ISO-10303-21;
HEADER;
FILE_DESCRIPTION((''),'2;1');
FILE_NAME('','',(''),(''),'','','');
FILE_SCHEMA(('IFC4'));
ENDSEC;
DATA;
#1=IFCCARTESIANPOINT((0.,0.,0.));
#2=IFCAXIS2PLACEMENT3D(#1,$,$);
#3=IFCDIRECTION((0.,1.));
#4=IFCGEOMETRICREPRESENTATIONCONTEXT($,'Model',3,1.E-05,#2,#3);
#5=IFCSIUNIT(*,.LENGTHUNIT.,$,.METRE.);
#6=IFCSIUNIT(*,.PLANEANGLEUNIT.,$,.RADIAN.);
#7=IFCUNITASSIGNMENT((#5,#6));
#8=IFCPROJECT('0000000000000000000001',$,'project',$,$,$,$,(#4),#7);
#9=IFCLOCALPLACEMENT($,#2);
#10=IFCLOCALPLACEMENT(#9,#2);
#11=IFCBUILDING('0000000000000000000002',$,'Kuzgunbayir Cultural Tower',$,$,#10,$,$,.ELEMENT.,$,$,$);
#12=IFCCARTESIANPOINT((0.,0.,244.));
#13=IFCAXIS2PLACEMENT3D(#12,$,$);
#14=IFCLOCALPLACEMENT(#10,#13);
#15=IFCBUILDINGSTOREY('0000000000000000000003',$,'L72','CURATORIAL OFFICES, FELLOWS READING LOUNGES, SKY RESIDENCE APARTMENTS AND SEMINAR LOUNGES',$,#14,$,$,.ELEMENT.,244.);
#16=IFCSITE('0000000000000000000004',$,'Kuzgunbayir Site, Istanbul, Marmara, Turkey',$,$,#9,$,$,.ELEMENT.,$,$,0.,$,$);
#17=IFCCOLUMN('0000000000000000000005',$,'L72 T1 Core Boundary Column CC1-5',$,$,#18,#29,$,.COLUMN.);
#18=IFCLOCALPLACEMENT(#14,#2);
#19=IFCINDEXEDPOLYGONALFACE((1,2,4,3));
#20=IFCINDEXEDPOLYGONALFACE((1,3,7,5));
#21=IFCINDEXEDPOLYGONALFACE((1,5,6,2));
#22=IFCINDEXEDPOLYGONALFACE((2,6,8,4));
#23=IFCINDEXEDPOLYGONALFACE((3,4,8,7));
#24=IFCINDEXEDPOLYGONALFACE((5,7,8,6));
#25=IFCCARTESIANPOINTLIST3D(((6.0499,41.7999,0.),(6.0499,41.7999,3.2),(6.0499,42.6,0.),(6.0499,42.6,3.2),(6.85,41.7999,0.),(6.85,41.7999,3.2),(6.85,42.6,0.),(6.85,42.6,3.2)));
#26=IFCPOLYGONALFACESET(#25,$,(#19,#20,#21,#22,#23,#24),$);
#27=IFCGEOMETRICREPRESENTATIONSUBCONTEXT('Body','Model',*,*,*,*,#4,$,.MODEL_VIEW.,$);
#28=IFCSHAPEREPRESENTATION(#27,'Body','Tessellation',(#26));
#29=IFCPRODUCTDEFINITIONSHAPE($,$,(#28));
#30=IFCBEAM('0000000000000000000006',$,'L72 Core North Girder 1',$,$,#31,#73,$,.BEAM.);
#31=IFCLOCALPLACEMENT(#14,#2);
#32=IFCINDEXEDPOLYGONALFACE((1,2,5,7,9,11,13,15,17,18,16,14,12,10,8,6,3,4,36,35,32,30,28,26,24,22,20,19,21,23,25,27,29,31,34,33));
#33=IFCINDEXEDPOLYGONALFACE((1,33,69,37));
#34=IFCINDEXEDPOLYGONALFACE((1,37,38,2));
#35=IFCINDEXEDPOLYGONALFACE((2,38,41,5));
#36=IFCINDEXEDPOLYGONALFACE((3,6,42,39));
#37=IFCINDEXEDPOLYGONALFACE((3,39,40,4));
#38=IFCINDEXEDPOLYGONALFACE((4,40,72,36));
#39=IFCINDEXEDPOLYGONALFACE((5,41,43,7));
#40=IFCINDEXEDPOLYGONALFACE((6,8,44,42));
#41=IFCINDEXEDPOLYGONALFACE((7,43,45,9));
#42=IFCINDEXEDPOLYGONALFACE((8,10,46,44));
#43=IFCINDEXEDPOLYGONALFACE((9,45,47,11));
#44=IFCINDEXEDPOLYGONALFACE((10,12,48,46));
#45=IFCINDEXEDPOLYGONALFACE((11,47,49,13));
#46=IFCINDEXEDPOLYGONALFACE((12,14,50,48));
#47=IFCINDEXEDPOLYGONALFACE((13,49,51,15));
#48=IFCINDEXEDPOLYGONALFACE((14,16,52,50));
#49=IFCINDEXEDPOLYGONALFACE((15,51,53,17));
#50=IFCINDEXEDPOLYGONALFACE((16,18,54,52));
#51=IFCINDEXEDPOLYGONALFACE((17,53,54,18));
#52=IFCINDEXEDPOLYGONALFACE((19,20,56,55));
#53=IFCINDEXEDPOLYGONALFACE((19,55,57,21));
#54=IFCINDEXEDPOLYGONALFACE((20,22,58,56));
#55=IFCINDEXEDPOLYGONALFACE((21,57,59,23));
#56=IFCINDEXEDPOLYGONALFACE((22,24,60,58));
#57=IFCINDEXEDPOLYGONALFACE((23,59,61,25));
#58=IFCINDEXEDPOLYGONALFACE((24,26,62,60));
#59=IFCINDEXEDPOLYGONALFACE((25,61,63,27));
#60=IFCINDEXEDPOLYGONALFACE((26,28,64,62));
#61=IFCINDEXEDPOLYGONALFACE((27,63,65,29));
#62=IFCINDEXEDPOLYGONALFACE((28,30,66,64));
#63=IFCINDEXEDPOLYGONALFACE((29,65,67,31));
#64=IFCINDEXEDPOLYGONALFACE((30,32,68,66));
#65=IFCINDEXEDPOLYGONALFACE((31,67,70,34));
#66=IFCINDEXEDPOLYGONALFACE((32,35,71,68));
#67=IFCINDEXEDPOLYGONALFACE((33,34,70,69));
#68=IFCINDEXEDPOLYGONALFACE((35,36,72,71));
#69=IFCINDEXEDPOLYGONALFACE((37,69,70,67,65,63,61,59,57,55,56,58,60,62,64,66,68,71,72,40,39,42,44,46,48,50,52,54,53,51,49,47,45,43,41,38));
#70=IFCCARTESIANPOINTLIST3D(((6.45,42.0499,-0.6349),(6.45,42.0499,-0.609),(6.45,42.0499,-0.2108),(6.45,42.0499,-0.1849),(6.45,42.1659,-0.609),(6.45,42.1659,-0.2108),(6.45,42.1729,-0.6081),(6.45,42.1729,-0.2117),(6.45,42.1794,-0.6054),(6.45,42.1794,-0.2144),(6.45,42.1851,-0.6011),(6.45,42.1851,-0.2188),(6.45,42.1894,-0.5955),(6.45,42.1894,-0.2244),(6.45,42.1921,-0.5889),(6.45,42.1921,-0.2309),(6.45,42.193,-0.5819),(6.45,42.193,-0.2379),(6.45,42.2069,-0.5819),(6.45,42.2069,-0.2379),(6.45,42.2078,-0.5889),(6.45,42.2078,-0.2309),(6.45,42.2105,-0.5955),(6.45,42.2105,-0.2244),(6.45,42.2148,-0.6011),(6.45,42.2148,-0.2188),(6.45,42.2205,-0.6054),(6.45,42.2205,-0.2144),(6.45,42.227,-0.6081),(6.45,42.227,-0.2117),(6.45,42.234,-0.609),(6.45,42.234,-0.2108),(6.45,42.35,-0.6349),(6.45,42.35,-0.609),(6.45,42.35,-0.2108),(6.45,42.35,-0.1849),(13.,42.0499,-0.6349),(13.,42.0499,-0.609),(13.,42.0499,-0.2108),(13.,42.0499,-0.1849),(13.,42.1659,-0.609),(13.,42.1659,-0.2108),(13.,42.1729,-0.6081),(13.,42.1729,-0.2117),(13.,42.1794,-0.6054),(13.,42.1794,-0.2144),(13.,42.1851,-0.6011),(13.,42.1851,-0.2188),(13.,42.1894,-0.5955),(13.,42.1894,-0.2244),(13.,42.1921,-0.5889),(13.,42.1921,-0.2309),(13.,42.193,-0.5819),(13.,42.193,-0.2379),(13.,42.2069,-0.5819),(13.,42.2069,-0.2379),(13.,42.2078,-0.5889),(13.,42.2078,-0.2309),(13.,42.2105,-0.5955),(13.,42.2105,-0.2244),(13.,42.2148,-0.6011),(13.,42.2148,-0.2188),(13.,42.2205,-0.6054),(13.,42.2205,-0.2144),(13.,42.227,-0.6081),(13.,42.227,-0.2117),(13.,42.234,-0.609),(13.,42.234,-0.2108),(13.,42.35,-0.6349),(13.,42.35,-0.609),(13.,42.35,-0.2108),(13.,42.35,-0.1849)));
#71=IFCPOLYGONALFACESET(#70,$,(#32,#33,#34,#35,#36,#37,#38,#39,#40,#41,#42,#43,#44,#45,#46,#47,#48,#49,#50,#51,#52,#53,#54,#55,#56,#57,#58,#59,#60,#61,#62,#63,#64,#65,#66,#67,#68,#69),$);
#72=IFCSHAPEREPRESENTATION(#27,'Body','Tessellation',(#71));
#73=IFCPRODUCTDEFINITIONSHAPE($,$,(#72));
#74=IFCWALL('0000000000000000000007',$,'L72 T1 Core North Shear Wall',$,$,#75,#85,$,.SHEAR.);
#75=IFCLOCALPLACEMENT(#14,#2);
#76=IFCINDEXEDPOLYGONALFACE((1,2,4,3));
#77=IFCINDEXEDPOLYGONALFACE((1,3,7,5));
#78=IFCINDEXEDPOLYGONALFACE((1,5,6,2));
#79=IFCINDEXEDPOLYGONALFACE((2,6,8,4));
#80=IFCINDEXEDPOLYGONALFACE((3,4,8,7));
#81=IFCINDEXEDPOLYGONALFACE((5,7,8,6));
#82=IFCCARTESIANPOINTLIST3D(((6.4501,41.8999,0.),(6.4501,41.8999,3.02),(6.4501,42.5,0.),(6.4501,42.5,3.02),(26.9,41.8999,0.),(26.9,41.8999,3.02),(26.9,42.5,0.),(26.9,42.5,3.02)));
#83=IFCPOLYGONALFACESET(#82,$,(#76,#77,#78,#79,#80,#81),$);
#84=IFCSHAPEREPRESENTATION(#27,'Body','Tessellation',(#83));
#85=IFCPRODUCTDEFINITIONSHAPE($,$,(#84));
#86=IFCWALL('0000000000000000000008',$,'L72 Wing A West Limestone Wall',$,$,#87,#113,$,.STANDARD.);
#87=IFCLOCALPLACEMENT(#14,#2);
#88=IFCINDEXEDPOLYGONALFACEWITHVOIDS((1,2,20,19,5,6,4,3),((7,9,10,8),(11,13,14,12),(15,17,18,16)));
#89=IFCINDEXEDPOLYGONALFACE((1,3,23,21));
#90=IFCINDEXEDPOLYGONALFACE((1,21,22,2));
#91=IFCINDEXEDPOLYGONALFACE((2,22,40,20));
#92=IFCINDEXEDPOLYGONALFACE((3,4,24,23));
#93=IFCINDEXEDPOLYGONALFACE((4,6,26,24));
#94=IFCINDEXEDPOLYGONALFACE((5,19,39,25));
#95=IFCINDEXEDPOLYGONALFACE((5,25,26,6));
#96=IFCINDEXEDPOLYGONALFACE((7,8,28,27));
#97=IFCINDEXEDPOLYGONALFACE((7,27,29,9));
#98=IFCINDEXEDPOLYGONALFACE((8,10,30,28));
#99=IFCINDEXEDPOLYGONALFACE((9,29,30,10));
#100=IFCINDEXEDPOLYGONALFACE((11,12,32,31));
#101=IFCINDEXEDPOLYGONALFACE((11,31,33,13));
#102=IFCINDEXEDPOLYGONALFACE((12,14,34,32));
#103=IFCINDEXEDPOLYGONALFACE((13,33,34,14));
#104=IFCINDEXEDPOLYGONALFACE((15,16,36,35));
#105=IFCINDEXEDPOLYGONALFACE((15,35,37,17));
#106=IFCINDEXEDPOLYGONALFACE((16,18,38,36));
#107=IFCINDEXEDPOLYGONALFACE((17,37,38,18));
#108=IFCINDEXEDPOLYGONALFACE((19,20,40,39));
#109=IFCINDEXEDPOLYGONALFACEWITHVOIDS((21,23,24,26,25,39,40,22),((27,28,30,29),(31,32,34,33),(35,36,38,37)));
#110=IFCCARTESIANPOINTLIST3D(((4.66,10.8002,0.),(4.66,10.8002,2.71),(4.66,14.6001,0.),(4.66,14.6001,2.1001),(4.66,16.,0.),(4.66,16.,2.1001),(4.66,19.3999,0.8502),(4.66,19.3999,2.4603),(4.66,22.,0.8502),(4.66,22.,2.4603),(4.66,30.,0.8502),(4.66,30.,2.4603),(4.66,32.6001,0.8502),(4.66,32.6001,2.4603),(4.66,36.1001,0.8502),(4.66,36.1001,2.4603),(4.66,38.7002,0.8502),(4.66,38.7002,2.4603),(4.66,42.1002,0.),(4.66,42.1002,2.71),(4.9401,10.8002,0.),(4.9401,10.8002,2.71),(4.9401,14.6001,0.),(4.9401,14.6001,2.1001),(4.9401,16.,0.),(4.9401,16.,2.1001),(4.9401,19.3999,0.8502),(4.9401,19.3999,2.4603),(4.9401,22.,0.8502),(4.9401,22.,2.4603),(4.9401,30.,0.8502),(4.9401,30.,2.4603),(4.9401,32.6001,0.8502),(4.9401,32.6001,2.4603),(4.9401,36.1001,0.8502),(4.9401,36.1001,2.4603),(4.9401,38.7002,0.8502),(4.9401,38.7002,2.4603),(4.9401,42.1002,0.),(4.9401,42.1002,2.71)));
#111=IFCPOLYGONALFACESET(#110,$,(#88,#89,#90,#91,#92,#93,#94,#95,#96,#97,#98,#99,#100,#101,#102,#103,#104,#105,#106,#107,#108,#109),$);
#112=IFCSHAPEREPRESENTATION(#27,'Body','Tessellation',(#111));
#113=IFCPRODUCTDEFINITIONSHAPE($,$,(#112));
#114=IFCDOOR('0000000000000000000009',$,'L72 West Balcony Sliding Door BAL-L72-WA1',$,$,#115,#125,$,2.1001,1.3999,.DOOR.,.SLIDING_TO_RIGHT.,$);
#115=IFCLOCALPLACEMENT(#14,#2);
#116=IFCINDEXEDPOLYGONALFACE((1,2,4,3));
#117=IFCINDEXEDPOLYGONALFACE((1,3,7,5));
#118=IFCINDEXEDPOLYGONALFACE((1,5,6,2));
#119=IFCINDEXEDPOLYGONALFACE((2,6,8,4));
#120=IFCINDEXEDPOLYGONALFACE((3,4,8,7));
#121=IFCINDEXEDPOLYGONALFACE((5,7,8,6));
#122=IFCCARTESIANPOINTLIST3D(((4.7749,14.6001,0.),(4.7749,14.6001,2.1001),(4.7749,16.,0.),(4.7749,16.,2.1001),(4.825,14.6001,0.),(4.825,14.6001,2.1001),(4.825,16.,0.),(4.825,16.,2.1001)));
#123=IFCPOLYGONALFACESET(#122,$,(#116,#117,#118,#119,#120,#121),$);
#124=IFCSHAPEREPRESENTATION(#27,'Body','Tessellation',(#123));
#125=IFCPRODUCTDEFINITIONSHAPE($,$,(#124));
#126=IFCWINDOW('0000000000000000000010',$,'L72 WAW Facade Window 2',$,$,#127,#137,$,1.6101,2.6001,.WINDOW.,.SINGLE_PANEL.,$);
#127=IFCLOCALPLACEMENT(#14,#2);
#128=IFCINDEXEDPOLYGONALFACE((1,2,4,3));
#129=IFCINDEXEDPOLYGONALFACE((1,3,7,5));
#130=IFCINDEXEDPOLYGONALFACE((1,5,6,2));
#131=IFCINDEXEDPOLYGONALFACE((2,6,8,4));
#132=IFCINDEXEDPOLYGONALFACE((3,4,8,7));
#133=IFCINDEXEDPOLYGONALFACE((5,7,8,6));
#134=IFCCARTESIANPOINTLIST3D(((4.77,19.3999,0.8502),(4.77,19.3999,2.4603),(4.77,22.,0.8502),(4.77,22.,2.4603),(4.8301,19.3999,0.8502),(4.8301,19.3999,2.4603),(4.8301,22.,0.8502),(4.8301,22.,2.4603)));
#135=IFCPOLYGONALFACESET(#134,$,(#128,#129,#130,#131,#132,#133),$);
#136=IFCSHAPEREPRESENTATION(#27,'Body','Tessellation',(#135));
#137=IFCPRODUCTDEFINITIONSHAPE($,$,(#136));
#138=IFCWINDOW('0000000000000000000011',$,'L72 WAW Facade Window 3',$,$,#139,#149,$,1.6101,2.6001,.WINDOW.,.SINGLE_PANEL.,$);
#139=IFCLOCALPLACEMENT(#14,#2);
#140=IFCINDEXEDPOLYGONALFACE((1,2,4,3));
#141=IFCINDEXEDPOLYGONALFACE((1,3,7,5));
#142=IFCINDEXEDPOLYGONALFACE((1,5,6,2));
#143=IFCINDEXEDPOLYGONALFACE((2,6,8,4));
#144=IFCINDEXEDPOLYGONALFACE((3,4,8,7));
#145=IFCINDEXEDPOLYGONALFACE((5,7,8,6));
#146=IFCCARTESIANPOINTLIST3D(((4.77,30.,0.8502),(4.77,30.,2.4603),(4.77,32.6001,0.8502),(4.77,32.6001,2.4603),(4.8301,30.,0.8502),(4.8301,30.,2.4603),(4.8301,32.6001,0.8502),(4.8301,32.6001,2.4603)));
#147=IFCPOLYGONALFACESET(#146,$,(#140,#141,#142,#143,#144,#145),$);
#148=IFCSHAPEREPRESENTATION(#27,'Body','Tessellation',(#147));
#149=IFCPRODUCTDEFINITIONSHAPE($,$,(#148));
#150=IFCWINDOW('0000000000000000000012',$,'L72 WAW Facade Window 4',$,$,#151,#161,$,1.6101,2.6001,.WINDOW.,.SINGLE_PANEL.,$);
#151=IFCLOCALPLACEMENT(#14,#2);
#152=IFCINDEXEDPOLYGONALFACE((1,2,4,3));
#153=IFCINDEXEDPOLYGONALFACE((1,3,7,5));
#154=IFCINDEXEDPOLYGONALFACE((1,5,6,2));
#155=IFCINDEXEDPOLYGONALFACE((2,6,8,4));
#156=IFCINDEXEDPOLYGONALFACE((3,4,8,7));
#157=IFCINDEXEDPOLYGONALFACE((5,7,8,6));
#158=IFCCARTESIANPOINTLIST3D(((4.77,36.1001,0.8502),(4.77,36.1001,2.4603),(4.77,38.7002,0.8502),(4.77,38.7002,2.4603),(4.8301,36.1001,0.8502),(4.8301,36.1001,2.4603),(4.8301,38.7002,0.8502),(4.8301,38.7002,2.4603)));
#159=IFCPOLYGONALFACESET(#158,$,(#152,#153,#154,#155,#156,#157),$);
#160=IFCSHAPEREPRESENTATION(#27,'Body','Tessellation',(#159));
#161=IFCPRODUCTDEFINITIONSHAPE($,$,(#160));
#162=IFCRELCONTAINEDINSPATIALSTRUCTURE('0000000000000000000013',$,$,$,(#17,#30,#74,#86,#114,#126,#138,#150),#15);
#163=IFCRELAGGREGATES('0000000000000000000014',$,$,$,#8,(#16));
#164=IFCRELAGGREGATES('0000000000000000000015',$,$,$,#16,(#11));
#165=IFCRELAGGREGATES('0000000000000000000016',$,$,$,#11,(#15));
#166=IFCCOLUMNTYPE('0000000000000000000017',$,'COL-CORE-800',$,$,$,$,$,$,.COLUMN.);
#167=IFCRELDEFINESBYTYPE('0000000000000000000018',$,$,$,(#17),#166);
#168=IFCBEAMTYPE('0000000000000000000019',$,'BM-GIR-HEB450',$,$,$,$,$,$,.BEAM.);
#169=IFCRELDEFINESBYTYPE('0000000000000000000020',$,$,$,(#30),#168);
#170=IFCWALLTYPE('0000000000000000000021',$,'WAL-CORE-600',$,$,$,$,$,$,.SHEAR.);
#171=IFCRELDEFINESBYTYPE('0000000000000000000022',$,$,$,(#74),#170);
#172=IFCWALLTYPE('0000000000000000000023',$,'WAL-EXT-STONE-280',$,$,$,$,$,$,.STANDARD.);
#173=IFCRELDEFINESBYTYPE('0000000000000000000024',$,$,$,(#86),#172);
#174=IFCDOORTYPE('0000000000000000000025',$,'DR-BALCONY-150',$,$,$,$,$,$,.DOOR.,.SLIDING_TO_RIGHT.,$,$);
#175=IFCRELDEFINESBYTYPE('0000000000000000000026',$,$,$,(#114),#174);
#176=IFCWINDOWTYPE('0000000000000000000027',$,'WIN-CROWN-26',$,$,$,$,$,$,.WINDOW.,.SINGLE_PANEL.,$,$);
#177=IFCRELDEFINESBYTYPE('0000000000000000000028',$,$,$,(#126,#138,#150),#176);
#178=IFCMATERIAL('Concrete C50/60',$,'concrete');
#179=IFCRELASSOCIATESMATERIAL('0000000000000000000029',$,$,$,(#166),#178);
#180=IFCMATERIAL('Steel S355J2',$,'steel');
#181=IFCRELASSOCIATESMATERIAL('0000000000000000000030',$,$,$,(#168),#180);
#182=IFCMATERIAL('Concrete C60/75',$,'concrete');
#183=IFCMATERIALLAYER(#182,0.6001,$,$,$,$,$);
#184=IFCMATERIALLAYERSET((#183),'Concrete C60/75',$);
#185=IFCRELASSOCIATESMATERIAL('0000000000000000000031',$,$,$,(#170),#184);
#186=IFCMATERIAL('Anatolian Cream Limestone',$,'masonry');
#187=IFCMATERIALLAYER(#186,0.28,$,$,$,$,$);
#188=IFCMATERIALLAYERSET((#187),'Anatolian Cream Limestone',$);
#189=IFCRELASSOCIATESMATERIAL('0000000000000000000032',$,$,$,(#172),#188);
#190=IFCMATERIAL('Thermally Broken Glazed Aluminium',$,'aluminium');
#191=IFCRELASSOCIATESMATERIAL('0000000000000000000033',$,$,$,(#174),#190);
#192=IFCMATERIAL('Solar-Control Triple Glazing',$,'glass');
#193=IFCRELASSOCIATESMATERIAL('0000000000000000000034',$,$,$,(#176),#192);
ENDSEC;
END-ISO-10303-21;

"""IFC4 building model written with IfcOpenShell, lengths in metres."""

from ifc_helpers import new_model, si_unit, direction, frame, frame_2d, origin, origin_2d, place, context, subcontext, project, spatial, rectangle, i_section, extrude, material, layer, layer_set, material_profile, profile_set, type_object, element, fill, save


model = new_model("IFC4")

# Units and contexts
model_context = context("Model", 3, precision=1e-05, world=origin(), true_north=direction((0.0, 1.0)))
body_context = subcontext(model_context, "Body", "Model", "MODEL_VIEW")
ifc_project = project(units=[si_unit("LENGTHUNIT", "METRE"), si_unit("PLANEANGLEUNIT", "RADIAN")], contexts=[model_context])

# Site, building, storey
site_placement = place(None, origin())
site = spatial("IfcSite", under=ifc_project, at=site_placement, Name="Kuzgunbayir Site, Istanbul, Marmara, Turkey", CompositionType="ELEMENT", RefElevation=0.0)
building_placement = place(site_placement, origin())
building = spatial("IfcBuilding", under=site, at=building_placement, Name="Kuzgunbayir Cultural Tower", CompositionType="ELEMENT")
storey_placement = place(building_placement, frame((0.0, 0.0, 244.0)))
storey = spatial("IfcBuildingStorey", under=building, at=storey_placement, Name="L72", Description="CURATORIAL OFFICES, FELLOWS READING LOUNGES, SKY RESIDENCE APARTMENTS AND SEMINAR LOUNGES", CompositionType="ELEMENT", Elevation=244.0)

# Column
ifc_material_1 = material(Name="Concrete C50/60", Category="concrete")
ifc_material_profile_1 = material_profile(ifc_material_1, rectangle(XDim=0.8, YDim=0.8, at=origin_2d()), Name="RC 800x800")
ifc_profile_set_1 = profile_set([ifc_material_profile_1], Name="Concrete C50/60")
column_type = type_object("IfcColumnType", Name="COL-CORE-800", PredefinedType="COLUMN", material=ifc_profile_set_1)
column_placement = place(storey_placement, frame((6.45, 42.2, 0.0), z_axis=(0.0, 0.0, 1.0), x_axis=(1.0, 0.0, 0.0)))
element("IfcColumn", 1, at=column_placement, inside=storey, type_object=column_type, Name="L72 T1 Core Boundary Column CC1-5", PredefinedType="COLUMN", context=body_context, shape_type="SweptSolid", body=[
    extrude(rectangle(XDim=0.8, YDim=0.8, at=origin_2d()), origin(), (0.0, 0.0, 1.0), 3.2),
])

# Beam
ifc_material_2 = material(Name="Steel S355J2", Category="steel")
ifc_material_profile_2 = material_profile(ifc_material_2, i_section(OverallWidth=0.3, OverallDepth=0.45, WebThickness=0.0139, FlangeThickness=0.0259, FilletRadius=0.0271, at=origin_2d()), Name="HEB 450")
ifc_profile_set_2 = profile_set([ifc_material_profile_2], Name="Steel S355J2")
beam_type = type_object("IfcBeamType", Name="BM-GIR-HEB450", PredefinedType="BEAM", material=ifc_profile_set_2)
beam_placement = place(storey_placement, frame((6.45, 42.2, -0.4099), z_axis=(1.0, 0.0, 0.0), x_axis=(0.0, 1.0, 0.0)))
element("IfcBeam", 2, at=beam_placement, inside=storey, type_object=beam_type, Name="L72 Core North Girder 1", PredefinedType="BEAM", context=body_context, shape_type="SweptSolid", body=[
    extrude(i_section(OverallWidth=0.3, OverallDepth=0.45, WebThickness=0.0139, FlangeThickness=0.0259, FilletRadius=0.0271, at=origin_2d()), origin(), (0.0, 0.0, 1.0), 6.55),
])

# Wall
ifc_material_3 = material(Name="Concrete C60/75", Category="concrete")
ifc_layer_1 = layer(ifc_material_3, 0.6001)
ifc_layer_set_1 = layer_set([ifc_layer_1], Name="Concrete C60/75")
wall_type_1 = type_object("IfcWallType", Name="WAL-CORE-600", PredefinedType="SHEAR", material=ifc_layer_set_1)
wall_1_placement = place(storey_placement, frame((6.45, 42.2, 0.0), z_axis=(0.0, 0.0, 1.0), x_axis=(1.0, 0.0, 0.0)))
element("IfcWall", 3, at=wall_1_placement, inside=storey, type_object=wall_type_1, Name="L72 T1 Core North Shear Wall", PredefinedType="SHEAR", context=body_context, shape_type="SweptSolid", body=[
    extrude(rectangle(XDim=20.45, YDim=0.6001, at=frame_2d((10.2251, 0.0))), origin(), (0.0, 0.0, 1.0), 3.02),
])

# Wall, openings, door, windows
ifc_material_4 = material(Name="Anatolian Cream Limestone", Category="masonry")
ifc_layer_2 = layer(ifc_material_4, 0.28)
ifc_layer_set_2 = layer_set([ifc_layer_2], Name="Anatolian Cream Limestone")
wall_type_2 = type_object("IfcWallType", Name="WAL-EXT-STONE-280", PredefinedType="STANDARD", material=ifc_layer_set_2)
wall_2_placement = place(storey_placement, frame((4.8, 42.1001, 0.0), z_axis=(0.0, 0.0, 1.0), x_axis=(0.0, -1.0, 0.0)))
wall_2 = element("IfcWall", 4, at=wall_2_placement, inside=storey, type_object=wall_type_2, Name="L72 Wing A West Limestone Wall", PredefinedType="STANDARD", context=body_context, shape_type="SweptSolid", body=[
    extrude(rectangle(XDim=31.3, YDim=0.28, at=frame_2d((15.6499, 0.0))), origin(), (0.0, 0.0, 1.0), 2.71),
])
opening_1_placement = place(wall_2_placement, frame((26.1001, 0.0, 0.0)))
opening_1 = element("IfcOpeningElement", 5, at=opening_1_placement, cuts=wall_2, PredefinedType="OPENING", context=body_context, shape_type="SweptSolid", body=[
    extrude(rectangle(XDim=1.3999, YDim=2.1001, at=frame_2d((0.7, 1.05))), frame((0.0, 0.1499, 0.0), z_axis=(0.0, -1.0, 0.0), x_axis=(1.0, 0.0, 0.0)), (0.0, 0.0, 1.0), 0.3),
])
opening_2_placement = place(wall_2_placement, frame((20.1001, 0.0, 0.8501)))
opening_2 = element("IfcOpeningElement", 6, at=opening_2_placement, cuts=wall_2, PredefinedType="OPENING", context=body_context, shape_type="SweptSolid", body=[
    extrude(rectangle(XDim=2.6001, YDim=1.6101, at=frame_2d((1.3, 0.8052))), frame((0.0, 0.1499, 0.0), z_axis=(0.0, -1.0, 0.0), x_axis=(1.0, 0.0, 0.0)), (0.0, 0.0, 1.0), 0.3),
])
opening_3_placement = place(wall_2_placement, frame((9.5, 0.0, 0.8501)))
opening_3 = element("IfcOpeningElement", 7, at=opening_3_placement, cuts=wall_2, PredefinedType="OPENING", context=body_context, shape_type="SweptSolid", body=[
    extrude(rectangle(XDim=2.6001, YDim=1.6101, at=frame_2d((1.3, 0.8052))), frame((0.0, 0.1499, 0.0), z_axis=(0.0, -1.0, 0.0), x_axis=(1.0, 0.0, 0.0)), (0.0, 0.0, 1.0), 0.3),
])
opening_4_placement = place(wall_2_placement, frame((3.3999, 0.0, 0.8501)))
opening_4 = element("IfcOpeningElement", 8, at=opening_4_placement, cuts=wall_2, PredefinedType="OPENING", context=body_context, shape_type="SweptSolid", body=[
    extrude(rectangle(XDim=2.6001, YDim=1.6101, at=frame_2d((1.3, 0.8052))), frame((0.0, 0.1499, 0.0), z_axis=(0.0, -1.0, 0.0), x_axis=(1.0, 0.0, 0.0)), (0.0, 0.0, 1.0), 0.3),
])
ifc_material_5 = material(Name="Thermally Broken Glazed Aluminium", Category="aluminium")
door_type_1 = type_object("IfcDoorType", Name="DR-BALCONY-150", OperationType="SLIDING_TO_RIGHT", PredefinedType="DOOR", material=ifc_material_5)
door_1_placement = place(opening_1_placement, origin())
door_1 = element("IfcDoor", 9, at=door_1_placement, inside=storey, type_object=door_type_1, Name="L72 West Balcony Sliding Door BAL-L72-WA1", OperationType="SLIDING_TO_RIGHT", OverallHeight=2.1001, OverallWidth=1.3999, PredefinedType="DOOR", context=body_context, shape_type="SweptSolid", body=[
    extrude(rectangle(XDim=1.3999, YDim=2.1001, at=frame_2d((0.7, 1.05))), frame((0.0, 0.0249, 0.0), z_axis=(0.0, -1.0, 0.0), x_axis=(1.0, 0.0, 0.0)), (0.0, 0.0, 1.0), 0.05),
])
fill(opening_1, door_1)
ifc_material_6 = material(Name="Solar-Control Triple Glazing", Category="glass")
window_type = type_object("IfcWindowType", Name="WIN-CROWN-26", PartitioningType="SINGLE_PANEL", PredefinedType="WINDOW", material=ifc_material_6)
window_1_placement = place(opening_2_placement, origin())
window_1 = element("IfcWindow", 10, at=window_1_placement, inside=storey, type_object=window_type, Name="L72 WAW Facade Window 2", OverallHeight=1.6101, OverallWidth=2.6001, PartitioningType="SINGLE_PANEL", PredefinedType="WINDOW", context=body_context, shape_type="SweptSolid", body=[
    extrude(rectangle(XDim=2.6001, YDim=1.6101, at=frame_2d((1.3, 0.8052))), frame((0.0, 0.03, 0.0), z_axis=(0.0, -1.0, 0.0), x_axis=(1.0, 0.0, 0.0)), (0.0, 0.0, 1.0), 0.0601),
])
fill(opening_2, window_1)
window_2_placement = place(opening_3_placement, origin())
window_2 = element("IfcWindow", 11, at=window_2_placement, inside=storey, type_object=window_type, Name="L72 WAW Facade Window 3", OverallHeight=1.6101, OverallWidth=2.6001, PartitioningType="SINGLE_PANEL", PredefinedType="WINDOW", context=body_context, shape_type="SweptSolid", body=[
    extrude(rectangle(XDim=2.6001, YDim=1.6101, at=frame_2d((1.3, 0.8052))), frame((0.0, 0.03, 0.0), z_axis=(0.0, -1.0, 0.0), x_axis=(1.0, 0.0, 0.0)), (0.0, 0.0, 1.0), 0.0601),
])
fill(opening_3, window_2)
window_3_placement = place(opening_4_placement, origin())
window_3 = element("IfcWindow", 12, at=window_3_placement, inside=storey, type_object=window_type, Name="L72 WAW Facade Window 4", OverallHeight=1.6101, OverallWidth=2.6001, PartitioningType="SINGLE_PANEL", PredefinedType="WINDOW", context=body_context, shape_type="SweptSolid", body=[
    extrude(rectangle(XDim=2.6001, YDim=1.6101, at=frame_2d((1.3, 0.8052))), frame((0.0, 0.03, 0.0), z_axis=(0.0, -1.0, 0.0), x_axis=(1.0, 0.0, 0.0)), (0.0, 0.0, 1.0), 0.0601),
])
fill(opening_4, window_3)

save(model, "model.ifc")
